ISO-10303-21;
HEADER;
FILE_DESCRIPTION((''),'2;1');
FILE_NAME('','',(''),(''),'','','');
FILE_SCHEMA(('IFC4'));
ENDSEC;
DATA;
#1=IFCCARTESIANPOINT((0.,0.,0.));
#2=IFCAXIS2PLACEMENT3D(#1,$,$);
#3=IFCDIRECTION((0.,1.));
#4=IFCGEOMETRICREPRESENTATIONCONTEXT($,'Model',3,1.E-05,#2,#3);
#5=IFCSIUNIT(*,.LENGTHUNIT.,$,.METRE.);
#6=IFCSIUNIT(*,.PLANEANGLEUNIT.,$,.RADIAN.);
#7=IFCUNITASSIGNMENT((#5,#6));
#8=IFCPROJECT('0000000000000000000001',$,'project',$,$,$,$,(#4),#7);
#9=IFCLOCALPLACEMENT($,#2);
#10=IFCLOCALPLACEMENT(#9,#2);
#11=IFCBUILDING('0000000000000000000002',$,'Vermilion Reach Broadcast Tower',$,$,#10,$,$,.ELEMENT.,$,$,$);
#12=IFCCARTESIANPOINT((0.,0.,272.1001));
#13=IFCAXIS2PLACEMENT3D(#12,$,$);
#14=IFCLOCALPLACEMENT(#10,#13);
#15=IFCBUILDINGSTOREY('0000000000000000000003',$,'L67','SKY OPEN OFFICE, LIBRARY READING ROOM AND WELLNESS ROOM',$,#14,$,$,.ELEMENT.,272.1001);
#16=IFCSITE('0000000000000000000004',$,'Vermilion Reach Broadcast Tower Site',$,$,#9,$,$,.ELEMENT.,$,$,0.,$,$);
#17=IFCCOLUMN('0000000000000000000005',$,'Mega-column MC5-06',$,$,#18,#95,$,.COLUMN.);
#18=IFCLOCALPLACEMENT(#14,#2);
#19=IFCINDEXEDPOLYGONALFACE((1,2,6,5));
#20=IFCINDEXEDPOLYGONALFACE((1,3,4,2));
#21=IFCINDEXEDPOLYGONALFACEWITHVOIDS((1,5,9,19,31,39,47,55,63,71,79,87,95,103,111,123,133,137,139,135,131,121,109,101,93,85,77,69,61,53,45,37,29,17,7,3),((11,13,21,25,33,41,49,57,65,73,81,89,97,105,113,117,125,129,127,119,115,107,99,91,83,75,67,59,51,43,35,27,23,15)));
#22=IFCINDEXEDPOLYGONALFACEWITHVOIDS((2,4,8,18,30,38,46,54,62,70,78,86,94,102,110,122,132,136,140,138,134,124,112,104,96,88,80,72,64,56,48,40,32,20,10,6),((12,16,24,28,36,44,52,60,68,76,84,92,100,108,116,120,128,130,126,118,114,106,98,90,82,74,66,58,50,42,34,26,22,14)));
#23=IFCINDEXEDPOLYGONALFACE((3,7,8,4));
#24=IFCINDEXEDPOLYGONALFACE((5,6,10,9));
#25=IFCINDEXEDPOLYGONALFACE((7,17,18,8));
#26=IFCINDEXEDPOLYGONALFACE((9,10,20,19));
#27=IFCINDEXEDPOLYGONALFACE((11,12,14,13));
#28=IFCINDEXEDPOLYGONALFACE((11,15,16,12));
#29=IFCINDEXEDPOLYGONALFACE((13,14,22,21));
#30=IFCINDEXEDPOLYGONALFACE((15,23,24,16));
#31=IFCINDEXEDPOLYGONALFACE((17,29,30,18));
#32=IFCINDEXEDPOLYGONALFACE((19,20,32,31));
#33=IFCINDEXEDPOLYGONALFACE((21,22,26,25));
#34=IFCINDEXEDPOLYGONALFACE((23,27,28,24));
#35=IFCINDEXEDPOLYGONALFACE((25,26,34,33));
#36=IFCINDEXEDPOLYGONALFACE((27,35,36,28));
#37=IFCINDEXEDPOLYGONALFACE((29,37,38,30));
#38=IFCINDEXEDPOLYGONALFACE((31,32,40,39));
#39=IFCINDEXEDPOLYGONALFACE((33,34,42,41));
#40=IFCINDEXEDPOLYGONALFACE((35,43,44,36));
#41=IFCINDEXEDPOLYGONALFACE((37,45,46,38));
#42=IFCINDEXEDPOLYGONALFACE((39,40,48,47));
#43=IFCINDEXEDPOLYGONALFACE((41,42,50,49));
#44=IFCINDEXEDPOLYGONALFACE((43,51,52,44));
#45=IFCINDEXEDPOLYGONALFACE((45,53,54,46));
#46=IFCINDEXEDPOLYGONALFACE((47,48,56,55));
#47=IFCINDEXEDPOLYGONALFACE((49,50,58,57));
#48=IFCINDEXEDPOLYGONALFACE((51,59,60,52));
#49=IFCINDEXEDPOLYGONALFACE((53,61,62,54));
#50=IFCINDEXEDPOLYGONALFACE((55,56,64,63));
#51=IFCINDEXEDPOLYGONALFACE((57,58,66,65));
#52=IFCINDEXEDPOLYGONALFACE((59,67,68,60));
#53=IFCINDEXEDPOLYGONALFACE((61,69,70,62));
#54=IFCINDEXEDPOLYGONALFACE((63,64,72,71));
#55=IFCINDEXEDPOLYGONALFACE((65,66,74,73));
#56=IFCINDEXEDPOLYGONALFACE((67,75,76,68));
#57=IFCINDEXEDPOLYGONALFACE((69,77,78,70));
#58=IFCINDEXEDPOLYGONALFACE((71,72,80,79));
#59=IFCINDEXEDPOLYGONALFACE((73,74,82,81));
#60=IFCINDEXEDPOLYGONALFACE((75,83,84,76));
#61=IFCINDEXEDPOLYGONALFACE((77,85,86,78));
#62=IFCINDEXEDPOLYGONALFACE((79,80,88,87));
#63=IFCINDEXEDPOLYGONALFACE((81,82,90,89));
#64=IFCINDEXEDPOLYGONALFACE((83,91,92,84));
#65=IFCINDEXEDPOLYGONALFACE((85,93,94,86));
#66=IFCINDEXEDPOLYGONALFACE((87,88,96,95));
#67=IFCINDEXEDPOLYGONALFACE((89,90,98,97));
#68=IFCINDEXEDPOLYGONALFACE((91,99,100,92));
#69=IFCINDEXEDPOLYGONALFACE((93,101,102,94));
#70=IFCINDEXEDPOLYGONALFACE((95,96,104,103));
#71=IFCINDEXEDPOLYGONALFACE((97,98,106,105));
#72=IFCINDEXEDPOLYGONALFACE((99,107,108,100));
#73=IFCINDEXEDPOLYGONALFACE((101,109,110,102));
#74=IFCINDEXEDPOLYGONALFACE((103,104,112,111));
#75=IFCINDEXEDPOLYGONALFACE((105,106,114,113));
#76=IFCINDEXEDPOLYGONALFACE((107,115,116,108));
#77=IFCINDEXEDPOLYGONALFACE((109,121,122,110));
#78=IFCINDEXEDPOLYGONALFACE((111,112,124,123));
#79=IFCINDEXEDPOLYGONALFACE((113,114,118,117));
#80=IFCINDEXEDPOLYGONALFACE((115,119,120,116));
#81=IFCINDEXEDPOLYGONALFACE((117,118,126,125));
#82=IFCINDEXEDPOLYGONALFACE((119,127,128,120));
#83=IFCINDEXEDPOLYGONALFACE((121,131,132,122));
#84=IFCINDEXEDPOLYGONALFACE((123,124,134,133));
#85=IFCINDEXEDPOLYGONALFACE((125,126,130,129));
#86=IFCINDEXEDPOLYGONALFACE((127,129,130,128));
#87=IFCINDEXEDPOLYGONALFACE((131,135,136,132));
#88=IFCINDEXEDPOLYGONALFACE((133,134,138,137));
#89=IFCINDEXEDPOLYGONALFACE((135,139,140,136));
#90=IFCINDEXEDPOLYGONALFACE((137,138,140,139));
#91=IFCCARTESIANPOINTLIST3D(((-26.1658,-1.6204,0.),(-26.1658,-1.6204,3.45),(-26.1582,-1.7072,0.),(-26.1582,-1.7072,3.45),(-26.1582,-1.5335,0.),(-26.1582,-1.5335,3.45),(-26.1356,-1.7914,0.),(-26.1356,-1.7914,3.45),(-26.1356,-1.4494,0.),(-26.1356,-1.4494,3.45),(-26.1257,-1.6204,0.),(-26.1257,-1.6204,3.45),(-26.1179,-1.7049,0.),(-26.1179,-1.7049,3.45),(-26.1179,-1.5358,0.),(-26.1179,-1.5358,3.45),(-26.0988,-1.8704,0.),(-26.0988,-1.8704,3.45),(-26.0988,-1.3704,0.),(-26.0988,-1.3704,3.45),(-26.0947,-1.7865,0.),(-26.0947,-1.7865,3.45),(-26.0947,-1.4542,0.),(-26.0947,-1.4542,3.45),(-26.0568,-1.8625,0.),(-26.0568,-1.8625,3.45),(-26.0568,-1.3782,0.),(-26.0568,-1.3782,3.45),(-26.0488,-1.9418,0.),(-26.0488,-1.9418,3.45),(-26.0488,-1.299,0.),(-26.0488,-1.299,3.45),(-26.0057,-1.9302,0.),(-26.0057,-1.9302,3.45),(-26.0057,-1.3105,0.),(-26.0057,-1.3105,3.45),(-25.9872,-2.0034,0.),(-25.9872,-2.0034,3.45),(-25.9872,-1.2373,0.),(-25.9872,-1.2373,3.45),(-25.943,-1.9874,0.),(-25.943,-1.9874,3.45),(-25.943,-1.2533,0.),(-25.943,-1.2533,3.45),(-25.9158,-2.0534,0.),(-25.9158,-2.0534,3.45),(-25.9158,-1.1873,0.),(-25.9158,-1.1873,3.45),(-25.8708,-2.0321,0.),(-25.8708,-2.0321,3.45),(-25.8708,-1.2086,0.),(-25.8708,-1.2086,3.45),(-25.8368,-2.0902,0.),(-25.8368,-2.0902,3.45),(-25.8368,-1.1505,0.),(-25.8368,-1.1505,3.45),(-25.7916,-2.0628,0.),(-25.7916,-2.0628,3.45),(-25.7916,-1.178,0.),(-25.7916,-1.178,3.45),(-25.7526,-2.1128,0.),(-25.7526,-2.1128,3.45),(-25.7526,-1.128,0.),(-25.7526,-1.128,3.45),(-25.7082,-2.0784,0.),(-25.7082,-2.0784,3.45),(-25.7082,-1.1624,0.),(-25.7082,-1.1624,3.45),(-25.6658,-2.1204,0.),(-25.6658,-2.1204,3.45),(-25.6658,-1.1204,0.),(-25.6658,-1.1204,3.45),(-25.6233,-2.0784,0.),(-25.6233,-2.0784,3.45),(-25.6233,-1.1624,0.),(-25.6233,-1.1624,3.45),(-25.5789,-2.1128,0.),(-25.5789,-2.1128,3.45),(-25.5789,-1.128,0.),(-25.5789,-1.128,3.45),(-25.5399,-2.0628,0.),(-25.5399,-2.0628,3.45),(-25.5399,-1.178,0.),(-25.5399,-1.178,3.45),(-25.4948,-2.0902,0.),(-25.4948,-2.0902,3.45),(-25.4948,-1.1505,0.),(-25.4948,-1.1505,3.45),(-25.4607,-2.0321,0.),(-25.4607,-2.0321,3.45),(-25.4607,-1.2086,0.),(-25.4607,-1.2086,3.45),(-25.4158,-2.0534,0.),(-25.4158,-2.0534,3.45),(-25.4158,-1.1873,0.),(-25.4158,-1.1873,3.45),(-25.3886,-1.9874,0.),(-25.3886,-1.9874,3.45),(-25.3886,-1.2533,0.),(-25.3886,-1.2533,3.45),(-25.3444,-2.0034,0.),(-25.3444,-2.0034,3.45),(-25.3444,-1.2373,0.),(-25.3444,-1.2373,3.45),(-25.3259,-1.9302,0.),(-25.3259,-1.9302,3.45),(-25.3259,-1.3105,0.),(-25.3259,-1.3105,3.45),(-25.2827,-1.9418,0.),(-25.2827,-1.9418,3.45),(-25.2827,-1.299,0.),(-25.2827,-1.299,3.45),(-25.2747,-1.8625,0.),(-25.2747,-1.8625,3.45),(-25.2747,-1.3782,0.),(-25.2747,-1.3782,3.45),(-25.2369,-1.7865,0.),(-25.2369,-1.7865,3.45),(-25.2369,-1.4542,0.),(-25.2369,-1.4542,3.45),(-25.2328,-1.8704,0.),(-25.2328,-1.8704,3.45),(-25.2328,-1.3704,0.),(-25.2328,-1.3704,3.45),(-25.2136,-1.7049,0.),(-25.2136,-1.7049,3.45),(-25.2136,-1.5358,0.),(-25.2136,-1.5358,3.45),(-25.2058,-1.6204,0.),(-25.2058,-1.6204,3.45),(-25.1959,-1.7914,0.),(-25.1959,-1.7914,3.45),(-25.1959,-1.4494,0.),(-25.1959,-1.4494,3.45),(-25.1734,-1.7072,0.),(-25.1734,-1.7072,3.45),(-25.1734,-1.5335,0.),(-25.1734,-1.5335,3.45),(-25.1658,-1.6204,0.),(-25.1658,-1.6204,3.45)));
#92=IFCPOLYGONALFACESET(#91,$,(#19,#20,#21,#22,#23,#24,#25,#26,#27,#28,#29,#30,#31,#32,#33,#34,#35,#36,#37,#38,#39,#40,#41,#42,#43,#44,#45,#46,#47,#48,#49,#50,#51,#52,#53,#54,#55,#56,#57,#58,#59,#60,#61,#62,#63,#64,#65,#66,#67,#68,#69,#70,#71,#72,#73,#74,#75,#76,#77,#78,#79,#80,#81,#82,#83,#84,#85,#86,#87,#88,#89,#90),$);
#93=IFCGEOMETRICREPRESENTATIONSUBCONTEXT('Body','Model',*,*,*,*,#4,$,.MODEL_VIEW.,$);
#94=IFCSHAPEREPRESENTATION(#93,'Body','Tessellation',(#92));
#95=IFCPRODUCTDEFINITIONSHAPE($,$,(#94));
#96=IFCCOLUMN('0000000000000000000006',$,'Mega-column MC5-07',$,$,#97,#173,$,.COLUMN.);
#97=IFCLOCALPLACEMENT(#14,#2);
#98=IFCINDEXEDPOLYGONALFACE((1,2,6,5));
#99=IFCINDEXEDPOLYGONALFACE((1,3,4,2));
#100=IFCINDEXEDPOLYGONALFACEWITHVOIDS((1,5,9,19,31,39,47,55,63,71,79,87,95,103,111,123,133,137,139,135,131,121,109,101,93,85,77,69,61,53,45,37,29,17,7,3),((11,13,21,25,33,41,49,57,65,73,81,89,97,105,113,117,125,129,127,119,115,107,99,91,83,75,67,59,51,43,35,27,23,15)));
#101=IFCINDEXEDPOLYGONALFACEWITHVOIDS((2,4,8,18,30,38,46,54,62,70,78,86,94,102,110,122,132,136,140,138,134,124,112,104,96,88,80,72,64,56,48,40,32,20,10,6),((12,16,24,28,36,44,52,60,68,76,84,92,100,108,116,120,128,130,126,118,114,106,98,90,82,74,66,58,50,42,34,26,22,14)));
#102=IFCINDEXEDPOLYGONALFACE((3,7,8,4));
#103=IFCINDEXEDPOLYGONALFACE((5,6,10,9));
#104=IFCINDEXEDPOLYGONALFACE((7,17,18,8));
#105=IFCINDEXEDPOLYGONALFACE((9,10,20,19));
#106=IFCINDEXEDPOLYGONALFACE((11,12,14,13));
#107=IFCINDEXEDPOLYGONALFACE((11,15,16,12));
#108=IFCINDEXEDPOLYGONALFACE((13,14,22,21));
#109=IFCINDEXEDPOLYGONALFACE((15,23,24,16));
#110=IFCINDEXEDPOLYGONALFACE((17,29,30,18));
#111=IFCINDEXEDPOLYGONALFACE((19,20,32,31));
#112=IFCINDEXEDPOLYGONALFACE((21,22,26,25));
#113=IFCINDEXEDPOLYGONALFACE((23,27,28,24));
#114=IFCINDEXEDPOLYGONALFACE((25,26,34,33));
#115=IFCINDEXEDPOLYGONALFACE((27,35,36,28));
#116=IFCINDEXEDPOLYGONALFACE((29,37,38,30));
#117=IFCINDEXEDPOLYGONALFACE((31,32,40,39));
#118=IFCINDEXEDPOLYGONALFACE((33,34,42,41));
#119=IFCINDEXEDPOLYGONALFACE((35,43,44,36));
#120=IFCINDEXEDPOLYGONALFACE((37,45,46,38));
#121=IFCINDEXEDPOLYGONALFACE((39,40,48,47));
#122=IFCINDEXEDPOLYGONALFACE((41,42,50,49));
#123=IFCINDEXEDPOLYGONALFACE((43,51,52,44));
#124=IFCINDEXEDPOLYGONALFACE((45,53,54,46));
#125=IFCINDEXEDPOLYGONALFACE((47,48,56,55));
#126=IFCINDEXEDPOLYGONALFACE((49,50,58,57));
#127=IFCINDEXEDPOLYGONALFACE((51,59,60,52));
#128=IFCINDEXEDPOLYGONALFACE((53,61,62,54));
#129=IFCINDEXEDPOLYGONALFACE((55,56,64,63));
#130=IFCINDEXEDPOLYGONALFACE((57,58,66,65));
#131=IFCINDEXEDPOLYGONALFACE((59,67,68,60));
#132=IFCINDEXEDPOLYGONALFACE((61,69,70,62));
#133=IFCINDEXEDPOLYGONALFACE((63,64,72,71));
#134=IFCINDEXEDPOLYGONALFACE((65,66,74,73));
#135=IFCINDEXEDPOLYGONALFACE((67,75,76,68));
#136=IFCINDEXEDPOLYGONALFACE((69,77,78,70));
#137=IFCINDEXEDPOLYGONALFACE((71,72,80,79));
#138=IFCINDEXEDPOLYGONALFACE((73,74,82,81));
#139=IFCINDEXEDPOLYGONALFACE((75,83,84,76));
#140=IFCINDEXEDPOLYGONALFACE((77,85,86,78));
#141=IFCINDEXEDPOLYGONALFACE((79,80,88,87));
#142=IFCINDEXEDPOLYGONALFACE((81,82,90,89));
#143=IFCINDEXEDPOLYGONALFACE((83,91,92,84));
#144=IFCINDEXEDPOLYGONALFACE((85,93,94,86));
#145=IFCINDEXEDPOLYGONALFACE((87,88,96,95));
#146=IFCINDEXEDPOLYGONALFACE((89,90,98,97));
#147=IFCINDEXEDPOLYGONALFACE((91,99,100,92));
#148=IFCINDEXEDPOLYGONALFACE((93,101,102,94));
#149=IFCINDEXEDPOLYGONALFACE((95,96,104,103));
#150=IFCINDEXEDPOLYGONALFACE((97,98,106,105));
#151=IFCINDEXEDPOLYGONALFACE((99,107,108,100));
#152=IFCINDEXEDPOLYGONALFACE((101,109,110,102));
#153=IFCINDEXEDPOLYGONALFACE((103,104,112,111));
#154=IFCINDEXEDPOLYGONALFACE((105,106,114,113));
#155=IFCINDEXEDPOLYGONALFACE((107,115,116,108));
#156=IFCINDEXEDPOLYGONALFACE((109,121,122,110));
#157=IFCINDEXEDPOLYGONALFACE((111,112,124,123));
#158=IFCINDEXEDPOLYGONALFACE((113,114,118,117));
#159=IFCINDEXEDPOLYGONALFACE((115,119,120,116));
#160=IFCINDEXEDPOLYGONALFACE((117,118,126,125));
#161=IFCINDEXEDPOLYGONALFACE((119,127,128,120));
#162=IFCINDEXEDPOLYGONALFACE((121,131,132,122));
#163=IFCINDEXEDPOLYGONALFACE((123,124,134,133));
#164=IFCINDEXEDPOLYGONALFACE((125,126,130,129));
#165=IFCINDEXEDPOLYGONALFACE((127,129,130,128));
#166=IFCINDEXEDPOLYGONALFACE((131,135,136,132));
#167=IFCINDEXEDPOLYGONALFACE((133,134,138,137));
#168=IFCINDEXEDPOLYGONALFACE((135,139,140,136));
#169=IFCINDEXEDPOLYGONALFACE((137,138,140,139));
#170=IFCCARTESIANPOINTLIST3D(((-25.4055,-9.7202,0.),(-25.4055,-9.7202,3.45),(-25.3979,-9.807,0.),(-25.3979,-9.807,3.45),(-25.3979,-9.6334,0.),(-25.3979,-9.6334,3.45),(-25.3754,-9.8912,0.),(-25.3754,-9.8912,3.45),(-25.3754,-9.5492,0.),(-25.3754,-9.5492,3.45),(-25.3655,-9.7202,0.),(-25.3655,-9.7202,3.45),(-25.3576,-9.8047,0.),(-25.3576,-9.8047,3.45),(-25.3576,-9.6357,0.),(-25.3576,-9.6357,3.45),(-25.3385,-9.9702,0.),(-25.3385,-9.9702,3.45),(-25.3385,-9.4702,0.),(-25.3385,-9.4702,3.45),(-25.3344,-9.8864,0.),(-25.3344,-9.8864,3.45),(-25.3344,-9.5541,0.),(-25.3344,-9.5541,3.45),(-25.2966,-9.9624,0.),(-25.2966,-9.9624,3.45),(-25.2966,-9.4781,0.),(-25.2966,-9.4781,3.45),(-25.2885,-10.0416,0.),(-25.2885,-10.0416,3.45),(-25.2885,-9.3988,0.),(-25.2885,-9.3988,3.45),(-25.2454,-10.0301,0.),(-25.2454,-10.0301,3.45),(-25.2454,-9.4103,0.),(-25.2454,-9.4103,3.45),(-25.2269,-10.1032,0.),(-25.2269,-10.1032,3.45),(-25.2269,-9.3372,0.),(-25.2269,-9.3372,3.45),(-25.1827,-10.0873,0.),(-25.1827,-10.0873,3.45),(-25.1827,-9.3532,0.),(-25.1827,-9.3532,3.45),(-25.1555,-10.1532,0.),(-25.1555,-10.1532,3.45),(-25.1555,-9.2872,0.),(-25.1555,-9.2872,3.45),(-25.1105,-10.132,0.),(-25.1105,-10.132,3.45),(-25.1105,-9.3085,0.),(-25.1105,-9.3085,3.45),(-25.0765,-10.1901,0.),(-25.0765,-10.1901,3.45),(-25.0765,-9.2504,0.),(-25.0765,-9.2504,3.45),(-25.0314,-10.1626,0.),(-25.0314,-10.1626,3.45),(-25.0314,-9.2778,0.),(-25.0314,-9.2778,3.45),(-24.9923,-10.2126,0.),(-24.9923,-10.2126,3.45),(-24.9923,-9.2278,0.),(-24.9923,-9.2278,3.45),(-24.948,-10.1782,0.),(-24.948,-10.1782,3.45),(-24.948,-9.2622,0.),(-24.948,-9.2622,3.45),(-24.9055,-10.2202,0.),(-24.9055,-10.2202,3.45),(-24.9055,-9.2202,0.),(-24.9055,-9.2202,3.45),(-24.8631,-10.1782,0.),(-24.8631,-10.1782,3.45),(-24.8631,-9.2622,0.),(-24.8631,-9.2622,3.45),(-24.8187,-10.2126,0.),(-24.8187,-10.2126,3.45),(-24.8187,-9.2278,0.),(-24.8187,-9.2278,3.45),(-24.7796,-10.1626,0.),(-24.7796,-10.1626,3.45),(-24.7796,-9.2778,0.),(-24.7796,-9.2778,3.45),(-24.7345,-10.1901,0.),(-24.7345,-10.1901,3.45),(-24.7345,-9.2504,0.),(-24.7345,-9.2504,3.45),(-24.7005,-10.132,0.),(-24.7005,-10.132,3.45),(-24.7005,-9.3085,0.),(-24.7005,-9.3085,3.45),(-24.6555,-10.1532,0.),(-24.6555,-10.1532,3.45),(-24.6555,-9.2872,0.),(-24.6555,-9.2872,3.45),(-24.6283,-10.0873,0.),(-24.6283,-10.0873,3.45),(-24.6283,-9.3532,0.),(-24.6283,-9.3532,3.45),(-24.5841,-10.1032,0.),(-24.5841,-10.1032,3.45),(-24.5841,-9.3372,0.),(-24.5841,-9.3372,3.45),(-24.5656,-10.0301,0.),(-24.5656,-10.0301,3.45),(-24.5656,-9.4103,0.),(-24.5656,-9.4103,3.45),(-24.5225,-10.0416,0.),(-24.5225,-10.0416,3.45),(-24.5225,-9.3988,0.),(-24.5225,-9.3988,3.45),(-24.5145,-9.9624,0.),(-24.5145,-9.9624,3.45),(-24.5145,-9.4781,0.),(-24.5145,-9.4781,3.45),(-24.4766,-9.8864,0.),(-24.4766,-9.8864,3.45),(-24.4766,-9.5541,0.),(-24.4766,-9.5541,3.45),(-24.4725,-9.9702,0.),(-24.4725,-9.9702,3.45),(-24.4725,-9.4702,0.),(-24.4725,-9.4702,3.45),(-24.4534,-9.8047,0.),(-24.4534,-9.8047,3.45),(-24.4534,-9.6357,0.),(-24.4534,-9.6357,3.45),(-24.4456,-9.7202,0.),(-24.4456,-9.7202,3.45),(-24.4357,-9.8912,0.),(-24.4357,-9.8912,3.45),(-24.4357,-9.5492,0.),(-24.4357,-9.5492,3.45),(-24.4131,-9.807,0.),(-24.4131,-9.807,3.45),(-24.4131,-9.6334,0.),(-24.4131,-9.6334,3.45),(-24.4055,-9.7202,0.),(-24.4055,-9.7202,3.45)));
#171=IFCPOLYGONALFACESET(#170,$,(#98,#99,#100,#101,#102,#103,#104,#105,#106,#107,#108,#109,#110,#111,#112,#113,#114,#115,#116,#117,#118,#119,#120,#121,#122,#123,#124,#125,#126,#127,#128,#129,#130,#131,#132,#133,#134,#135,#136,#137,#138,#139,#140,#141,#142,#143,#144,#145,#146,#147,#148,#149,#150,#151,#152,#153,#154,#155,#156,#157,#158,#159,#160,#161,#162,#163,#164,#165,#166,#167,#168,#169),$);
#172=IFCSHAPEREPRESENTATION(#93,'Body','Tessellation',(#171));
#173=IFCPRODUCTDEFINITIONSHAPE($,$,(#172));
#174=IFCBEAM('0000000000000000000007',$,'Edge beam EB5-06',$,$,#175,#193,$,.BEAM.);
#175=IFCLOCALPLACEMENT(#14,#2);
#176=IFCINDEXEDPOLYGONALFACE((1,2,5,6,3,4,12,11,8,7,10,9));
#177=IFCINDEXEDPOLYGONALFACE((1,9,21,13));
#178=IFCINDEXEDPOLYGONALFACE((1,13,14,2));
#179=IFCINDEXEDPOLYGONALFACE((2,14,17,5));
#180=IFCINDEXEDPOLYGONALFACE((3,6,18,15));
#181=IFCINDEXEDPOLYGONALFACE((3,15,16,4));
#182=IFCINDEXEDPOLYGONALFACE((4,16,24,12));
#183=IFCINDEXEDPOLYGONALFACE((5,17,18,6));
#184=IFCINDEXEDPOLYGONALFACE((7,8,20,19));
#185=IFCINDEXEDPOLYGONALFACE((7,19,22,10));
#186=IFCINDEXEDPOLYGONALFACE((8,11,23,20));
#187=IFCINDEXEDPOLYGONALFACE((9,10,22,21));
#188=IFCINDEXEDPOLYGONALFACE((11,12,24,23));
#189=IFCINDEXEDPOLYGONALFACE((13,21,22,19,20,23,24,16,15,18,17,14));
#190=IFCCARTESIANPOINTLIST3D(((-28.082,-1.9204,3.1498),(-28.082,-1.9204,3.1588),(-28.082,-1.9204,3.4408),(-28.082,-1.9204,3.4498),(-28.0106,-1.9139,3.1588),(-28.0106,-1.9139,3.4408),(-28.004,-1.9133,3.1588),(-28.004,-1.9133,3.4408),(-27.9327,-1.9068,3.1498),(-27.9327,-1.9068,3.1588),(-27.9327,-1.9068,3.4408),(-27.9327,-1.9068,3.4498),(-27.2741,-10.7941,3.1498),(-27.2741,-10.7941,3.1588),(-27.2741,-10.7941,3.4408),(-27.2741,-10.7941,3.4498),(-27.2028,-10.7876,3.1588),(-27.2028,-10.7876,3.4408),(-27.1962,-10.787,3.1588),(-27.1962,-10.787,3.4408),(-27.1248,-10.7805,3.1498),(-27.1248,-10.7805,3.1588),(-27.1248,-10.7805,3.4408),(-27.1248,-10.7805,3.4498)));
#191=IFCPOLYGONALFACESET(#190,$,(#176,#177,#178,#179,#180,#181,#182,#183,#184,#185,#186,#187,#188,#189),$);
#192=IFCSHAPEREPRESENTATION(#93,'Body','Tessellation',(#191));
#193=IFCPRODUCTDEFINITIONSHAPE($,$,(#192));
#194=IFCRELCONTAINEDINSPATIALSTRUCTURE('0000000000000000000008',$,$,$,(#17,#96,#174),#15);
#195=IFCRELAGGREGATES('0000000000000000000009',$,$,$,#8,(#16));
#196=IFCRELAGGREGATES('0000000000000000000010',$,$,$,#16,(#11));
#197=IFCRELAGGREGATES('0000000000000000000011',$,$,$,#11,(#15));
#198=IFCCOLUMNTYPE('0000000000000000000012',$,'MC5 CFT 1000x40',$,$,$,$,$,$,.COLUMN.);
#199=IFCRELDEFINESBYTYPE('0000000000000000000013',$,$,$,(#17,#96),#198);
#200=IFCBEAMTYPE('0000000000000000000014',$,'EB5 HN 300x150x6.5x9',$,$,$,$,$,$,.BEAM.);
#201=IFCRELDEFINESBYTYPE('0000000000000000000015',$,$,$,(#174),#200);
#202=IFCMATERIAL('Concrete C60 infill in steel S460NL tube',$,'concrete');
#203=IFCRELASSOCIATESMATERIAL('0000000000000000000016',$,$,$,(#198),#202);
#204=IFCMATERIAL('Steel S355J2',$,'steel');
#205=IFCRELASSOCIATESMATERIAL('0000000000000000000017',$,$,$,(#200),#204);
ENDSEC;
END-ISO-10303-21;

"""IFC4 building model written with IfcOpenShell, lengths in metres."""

from ifc_helpers import new_model, si_unit, direction, frame, origin, origin_2d, place, context, subcontext, project, spatial, hollow_circle, i_section, extrude, material, material_profile, profile_set, type_object, element, save


model = new_model("IFC4")

# Units and contexts
model_context = context("Model", 3, precision=1e-05, world=origin(), true_north=direction((0.0, 1.0)))
body_context = subcontext(model_context, "Body", "Model", "MODEL_VIEW")
ifc_project = project(units=[si_unit("LENGTHUNIT", "METRE"), si_unit("PLANEANGLEUNIT", "RADIAN")], contexts=[model_context])

# Site, building, storey
site_placement = place(None, origin())
site = spatial("IfcSite", under=ifc_project, at=site_placement, Name="Vermilion Reach Broadcast Tower Site", CompositionType="ELEMENT", RefElevation=0.0)
building_placement = place(site_placement, origin())
building = spatial("IfcBuilding", under=site, at=building_placement, Name="Vermilion Reach Broadcast Tower", CompositionType="ELEMENT")
storey_placement = place(building_placement, frame((0.0, 0.0, 272.1001)))
storey = spatial("IfcBuildingStorey", under=building, at=storey_placement, Name="L67", Description="SKY OPEN OFFICE, LIBRARY READING ROOM AND WELLNESS ROOM", CompositionType="ELEMENT", Elevation=272.1001)

# Columns
ifc_material_1 = material(Name="Concrete C60 infill in steel S460NL tube", Category="concrete")
ifc_material_profile_1 = material_profile(ifc_material_1, hollow_circle(Radius=0.5, WallThickness=0.04, at=origin_2d()), Name="Concrete C60 infill in steel S460NL tube CFT 1000x40")
ifc_profile_set_1 = profile_set([ifc_material_profile_1], Name="Concrete C60 infill in steel S460NL tube")
column_type = type_object("IfcColumnType", Name="MC5 CFT 1000x40", PredefinedType="COLUMN", material=ifc_profile_set_1)
for number, where, z_axis, x_axis, name in (
    (1, (-25.6658, -1.6204, 0.0), (0.0, 0.0, 1.0), (1.0, 0.0, 0.0), "Mega-column MC5-06"),
    (2, (-24.9055, -9.7202, 0.0), (0.0, 0.0, 1.0), (1.0, 0.0, 0.0), "Mega-column MC5-07"),
):
    element("IfcColumn", number, at=place(storey_placement, frame(where, z_axis=z_axis, x_axis=x_axis)), inside=storey, type_object=column_type, Name=name, PredefinedType="COLUMN", context=body_context, shape_type="SweptSolid", body=[
        extrude(hollow_circle(Radius=0.5, WallThickness=0.04, at=origin_2d()), origin(), (0.0, 0.0, 1.0), 3.45),
    ])

# Beam
ifc_material_2 = material(Name="Steel S355J2", Category="steel")
ifc_material_profile_2 = material_profile(ifc_material_2, i_section(OverallWidth=0.1499, OverallDepth=0.3, WebThickness=0.0066, FlangeThickness=0.009, at=origin_2d()), Name="S355J2 HN 300x150x6.5x9")
ifc_profile_set_2 = profile_set([ifc_material_profile_2], Name="Steel S355J2")
beam_type_1 = type_object("IfcBeamType", Name="EB5 HN 300x150x6.5x9", PredefinedType="BEAM", material=ifc_profile_set_2)
beam_1_placement = place(storey_placement, frame((-28.0073, -1.9136, 3.2998), z_axis=(0.090664, -0.995882, 0.0), x_axis=(0.995882, 0.090664, 0.0)))
element("IfcBeam", 3, at=beam_1_placement, inside=storey, type_object=beam_type_1, Name="Edge beam EB5-06", PredefinedType="BEAM", context=body_context, shape_type="SweptSolid", body=[
    extrude(i_section(OverallWidth=0.1499, OverallDepth=0.3, WebThickness=0.0066, FlangeThickness=0.009, at=origin_2d()), origin(), (0.0, 0.0, 1.0), 8.9104),
])

save(model, "model.ifc")
